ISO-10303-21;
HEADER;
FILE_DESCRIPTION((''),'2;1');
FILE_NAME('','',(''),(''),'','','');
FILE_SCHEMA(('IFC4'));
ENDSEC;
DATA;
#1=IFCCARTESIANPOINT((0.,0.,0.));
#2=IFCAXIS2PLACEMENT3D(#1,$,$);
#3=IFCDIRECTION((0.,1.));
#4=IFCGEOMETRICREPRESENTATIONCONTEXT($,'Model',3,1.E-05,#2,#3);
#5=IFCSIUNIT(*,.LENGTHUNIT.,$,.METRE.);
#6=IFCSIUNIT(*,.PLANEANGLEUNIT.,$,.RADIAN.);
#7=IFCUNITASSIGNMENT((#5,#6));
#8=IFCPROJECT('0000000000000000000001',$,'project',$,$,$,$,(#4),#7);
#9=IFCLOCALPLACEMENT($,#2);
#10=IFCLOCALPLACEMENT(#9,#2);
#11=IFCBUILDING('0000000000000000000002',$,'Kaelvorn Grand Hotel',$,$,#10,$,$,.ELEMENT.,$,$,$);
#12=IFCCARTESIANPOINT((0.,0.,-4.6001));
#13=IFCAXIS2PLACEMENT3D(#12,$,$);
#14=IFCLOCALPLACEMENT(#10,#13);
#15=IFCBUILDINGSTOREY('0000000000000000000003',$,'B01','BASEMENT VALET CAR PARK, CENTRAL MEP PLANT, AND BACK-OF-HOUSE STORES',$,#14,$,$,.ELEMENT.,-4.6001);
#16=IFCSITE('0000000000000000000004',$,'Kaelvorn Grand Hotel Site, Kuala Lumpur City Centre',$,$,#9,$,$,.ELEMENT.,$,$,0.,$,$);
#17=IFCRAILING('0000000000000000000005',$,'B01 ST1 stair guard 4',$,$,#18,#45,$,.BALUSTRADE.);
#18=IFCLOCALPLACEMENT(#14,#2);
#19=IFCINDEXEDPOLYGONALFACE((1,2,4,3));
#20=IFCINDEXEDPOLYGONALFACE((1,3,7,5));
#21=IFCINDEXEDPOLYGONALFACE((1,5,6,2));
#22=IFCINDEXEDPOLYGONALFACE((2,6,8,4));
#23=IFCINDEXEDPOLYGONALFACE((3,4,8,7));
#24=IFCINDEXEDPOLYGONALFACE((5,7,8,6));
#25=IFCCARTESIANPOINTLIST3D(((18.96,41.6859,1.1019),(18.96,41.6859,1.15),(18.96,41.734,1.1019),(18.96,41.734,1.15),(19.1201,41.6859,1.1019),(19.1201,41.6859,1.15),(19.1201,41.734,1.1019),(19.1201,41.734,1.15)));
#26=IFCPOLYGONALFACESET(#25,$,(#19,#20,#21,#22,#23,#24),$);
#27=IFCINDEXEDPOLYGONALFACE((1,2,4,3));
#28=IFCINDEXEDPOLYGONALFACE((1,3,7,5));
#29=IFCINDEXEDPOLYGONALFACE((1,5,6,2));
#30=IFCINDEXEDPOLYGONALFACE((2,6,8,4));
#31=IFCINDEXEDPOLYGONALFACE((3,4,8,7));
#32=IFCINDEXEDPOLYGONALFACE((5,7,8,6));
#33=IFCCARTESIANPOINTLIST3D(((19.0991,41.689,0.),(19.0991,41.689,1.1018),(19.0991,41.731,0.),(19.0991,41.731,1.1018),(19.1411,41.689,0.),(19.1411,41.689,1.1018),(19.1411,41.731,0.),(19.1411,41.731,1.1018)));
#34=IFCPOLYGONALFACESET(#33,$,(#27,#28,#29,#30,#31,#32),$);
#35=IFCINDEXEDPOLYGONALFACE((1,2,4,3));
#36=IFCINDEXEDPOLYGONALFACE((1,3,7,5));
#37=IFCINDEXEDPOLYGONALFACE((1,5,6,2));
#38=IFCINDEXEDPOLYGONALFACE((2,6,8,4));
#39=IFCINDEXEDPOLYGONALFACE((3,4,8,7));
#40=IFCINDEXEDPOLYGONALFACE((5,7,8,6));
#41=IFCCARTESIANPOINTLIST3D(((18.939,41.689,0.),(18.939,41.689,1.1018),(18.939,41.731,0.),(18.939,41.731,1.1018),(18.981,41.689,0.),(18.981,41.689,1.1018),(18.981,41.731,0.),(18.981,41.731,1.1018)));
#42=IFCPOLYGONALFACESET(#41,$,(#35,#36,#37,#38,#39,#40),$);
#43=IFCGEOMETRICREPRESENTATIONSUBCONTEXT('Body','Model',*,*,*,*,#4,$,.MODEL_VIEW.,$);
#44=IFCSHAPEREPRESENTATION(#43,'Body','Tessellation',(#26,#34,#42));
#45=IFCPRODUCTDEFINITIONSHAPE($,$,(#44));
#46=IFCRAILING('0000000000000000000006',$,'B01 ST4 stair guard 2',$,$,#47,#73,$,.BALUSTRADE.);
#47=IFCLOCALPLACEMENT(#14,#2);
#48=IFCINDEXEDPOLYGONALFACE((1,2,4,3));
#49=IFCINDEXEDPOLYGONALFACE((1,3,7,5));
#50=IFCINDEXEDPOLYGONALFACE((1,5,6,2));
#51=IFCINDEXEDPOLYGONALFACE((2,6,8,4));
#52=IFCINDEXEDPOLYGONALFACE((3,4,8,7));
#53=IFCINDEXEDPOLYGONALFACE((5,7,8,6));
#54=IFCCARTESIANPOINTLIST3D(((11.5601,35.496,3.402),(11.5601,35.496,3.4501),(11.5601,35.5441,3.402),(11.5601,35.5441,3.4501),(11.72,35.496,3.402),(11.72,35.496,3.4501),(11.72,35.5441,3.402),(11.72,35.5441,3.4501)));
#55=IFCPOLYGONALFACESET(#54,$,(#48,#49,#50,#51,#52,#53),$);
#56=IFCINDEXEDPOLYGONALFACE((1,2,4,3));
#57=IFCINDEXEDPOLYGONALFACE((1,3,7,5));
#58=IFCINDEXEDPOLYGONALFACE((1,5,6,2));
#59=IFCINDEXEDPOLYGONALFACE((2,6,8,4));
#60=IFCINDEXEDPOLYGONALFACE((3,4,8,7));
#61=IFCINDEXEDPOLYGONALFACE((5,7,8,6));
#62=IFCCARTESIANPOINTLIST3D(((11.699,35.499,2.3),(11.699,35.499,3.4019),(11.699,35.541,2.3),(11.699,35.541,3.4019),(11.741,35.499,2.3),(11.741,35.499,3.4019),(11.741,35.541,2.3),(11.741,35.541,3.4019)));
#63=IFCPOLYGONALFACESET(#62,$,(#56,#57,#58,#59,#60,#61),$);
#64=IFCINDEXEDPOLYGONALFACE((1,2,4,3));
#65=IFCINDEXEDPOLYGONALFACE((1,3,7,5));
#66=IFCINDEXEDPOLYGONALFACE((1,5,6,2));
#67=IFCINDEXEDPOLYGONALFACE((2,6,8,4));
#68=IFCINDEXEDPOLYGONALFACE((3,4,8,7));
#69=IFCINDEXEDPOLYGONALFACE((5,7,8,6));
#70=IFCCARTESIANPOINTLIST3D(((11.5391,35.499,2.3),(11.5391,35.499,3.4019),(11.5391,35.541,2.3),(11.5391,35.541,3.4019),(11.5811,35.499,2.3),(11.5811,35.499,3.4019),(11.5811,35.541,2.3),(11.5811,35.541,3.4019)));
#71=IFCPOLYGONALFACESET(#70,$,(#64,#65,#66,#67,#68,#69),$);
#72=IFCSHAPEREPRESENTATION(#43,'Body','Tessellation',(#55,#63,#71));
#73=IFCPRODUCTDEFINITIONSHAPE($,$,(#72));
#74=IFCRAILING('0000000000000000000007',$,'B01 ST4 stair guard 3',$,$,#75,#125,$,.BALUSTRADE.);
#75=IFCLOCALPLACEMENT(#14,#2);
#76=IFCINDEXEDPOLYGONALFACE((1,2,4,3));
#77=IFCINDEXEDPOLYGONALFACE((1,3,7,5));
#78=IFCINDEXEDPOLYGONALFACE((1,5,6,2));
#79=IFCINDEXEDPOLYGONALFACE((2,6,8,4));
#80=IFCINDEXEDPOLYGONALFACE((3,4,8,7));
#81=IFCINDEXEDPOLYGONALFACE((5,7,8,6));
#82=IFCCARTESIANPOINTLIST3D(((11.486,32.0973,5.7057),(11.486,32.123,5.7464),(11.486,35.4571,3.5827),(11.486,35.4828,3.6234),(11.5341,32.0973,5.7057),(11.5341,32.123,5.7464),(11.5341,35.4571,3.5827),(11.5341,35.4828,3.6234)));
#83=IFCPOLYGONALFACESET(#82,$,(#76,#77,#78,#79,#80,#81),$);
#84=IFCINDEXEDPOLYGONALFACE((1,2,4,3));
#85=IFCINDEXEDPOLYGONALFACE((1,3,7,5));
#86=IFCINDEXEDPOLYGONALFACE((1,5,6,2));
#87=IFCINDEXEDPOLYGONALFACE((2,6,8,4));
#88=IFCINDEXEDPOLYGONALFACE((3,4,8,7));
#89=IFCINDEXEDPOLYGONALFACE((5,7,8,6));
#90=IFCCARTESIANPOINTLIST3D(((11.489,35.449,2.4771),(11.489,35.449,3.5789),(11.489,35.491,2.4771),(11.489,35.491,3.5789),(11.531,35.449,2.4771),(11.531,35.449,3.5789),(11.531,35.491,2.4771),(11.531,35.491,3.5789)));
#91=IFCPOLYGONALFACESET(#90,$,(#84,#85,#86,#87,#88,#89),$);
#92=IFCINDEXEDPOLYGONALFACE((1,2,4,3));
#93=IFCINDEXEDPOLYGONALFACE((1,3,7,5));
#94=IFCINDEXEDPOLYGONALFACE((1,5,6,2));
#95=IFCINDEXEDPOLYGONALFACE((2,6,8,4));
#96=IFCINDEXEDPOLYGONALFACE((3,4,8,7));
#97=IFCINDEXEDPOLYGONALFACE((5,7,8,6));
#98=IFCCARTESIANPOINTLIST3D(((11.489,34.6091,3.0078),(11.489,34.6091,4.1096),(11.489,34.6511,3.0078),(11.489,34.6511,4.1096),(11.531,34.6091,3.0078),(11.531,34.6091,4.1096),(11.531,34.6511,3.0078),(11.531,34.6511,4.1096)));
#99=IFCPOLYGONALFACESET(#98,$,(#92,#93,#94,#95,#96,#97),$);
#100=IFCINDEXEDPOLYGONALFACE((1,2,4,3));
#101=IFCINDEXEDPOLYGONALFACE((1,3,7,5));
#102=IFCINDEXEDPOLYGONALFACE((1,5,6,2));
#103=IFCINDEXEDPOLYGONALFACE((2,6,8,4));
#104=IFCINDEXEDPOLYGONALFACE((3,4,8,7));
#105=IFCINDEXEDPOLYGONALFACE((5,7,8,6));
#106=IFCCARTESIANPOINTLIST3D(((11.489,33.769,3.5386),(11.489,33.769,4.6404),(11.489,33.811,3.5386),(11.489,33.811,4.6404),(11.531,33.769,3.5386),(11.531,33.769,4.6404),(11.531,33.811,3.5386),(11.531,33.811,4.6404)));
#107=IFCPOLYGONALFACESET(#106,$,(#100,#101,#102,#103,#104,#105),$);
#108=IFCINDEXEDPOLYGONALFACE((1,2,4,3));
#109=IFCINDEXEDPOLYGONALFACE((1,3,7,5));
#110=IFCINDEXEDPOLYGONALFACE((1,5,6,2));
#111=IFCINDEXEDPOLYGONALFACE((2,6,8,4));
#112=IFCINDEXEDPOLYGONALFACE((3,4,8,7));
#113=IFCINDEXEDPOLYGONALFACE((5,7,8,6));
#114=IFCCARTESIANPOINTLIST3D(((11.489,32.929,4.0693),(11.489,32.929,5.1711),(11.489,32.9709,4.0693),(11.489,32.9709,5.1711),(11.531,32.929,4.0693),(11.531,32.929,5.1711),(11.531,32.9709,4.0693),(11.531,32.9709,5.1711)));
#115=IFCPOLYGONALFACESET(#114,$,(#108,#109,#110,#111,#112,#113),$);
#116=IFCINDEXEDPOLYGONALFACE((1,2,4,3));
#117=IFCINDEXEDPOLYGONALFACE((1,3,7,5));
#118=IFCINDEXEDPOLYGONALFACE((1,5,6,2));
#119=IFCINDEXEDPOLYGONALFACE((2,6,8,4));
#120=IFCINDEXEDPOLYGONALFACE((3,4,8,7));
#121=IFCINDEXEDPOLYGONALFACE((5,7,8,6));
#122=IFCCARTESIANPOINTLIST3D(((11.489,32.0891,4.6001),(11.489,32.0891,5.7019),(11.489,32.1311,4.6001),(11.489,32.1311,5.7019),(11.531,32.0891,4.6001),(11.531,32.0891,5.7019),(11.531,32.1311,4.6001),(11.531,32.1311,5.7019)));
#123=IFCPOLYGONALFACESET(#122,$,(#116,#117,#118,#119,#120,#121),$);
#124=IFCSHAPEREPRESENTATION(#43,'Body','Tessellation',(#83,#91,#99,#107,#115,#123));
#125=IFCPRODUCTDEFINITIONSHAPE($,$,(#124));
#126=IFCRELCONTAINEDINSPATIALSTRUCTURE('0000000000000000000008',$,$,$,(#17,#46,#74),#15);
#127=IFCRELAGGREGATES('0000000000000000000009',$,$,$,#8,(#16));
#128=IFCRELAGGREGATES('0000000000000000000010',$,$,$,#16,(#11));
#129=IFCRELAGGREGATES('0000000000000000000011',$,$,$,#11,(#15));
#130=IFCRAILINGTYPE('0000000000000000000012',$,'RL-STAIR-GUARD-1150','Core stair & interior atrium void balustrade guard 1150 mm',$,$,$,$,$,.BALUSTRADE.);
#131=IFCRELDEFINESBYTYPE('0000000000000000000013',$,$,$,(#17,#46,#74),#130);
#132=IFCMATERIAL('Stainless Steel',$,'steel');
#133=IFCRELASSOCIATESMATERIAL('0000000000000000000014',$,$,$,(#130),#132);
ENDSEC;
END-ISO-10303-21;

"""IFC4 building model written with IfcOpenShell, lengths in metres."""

from ifc_helpers import new_model, si_unit, direction, frame, origin, origin_2d, place, context, subcontext, project, spatial, rectangle, extrude, material, type_object, element, save


model = new_model("IFC4")

# Units and contexts
model_context = context("Model", 3, precision=1e-05, world=origin(), true_north=direction((0.0, 1.0)))
body_context = subcontext(model_context, "Body", "Model", "MODEL_VIEW")
ifc_project = project(units=[si_unit("LENGTHUNIT", "METRE"), si_unit("PLANEANGLEUNIT", "RADIAN")], contexts=[model_context])

# Site, building, storey
site_placement = place(None, origin())
site = spatial("IfcSite", under=ifc_project, at=site_placement, Name="Kaelvorn Grand Hotel Site, Kuala Lumpur City Centre", CompositionType="ELEMENT", RefElevation=0.0)
building_placement = place(site_placement, origin())
building = spatial("IfcBuilding", under=site, at=building_placement, Name="Kaelvorn Grand Hotel", CompositionType="ELEMENT")
storey_placement = place(building_placement, frame((0.0, 0.0, -4.6001)))
storey = spatial("IfcBuildingStorey", under=building, at=storey_placement, Name="B01", Description="BASEMENT VALET CAR PARK, CENTRAL MEP PLANT, AND BACK-OF-HOUSE STORES", CompositionType="ELEMENT", Elevation=-4.6001)

# Railings
ifc_material_1 = material(Name="Stainless Steel", Category="steel")
railing_type_1 = type_object("IfcRailingType", Name="RL-STAIR-GUARD-1150", Description="Core stair & interior atrium void balustrade guard 1150 mm", PredefinedType="BALUSTRADE", material=ifc_material_1)
railing_1_placement = place(storey_placement, frame((19.1201, 41.71, 0.0)))
element("IfcRailing", 1, at=railing_1_placement, inside=storey, type_object=railing_type_1, Name="B01 ST1 stair guard 4", PredefinedType="BALUSTRADE", context=body_context, shape_type="SweptSolid", body=[
    extrude(rectangle(XDim=0.0481, YDim=0.0481, at=origin_2d()), frame((0.0, 0.0, 1.126), z_axis=(-1.0, 0.0, 0.0), x_axis=(0.0, -1.0, 0.0)), (0.0, 0.0, 1.0), 0.1602),
    extrude(rectangle(XDim=0.042, YDim=0.042, at=origin_2d()), origin(), (0.0, 0.0, 1.0), 1.1018),
    extrude(rectangle(XDim=0.042, YDim=0.042, at=origin_2d()), frame((-0.1602, 0.0, 0.0)), (0.0, 0.0, 1.0), 1.1018),
])
railing_2_placement = place(storey_placement, frame((11.72, 35.52, 2.3)))
element("IfcRailing", 2, at=railing_2_placement, inside=storey, type_object=railing_type_1, Name="B01 ST4 stair guard 2", PredefinedType="BALUSTRADE", context=body_context, shape_type="SweptSolid", body=[
    extrude(rectangle(XDim=0.0481, YDim=0.0481, at=origin_2d()), frame((0.0, 0.0, 1.126), z_axis=(-1.0, 0.0, 0.0), x_axis=(0.0, -1.0, 0.0)), (0.0, 0.0, 1.0), 0.1599),
    extrude(rectangle(XDim=0.042, YDim=0.042, at=origin_2d()), origin(), (0.0, 0.0, 1.0), 1.1018),
    extrude(rectangle(XDim=0.042, YDim=0.042, at=origin_2d()), frame((-0.1599, 0.0, 0.0)), (0.0, 0.0, 1.0), 1.1018),
])
railing_3_placement = place(storey_placement, frame((11.51, 35.47, 2.4771)))
element("IfcRailing", 3, at=railing_3_placement, inside=storey, type_object=railing_type_1, Name="B01 ST4 stair guard 3", PredefinedType="BALUSTRADE", context=body_context, shape_type="SweptSolid", body=[
    extrude(rectangle(XDim=0.0481, YDim=0.0481, at=origin_2d()), frame((0.0, 0.0, 1.126), z_axis=(0.0, -0.845372, 0.534178), x_axis=(1.0, 0.0, 0.0)), (0.0, 0.0, 1.0), 3.9744),
    extrude(rectangle(XDim=0.042, YDim=0.042, at=origin_2d()), origin(), (0.0, 0.0, 1.0), 1.1018),
    extrude(rectangle(XDim=0.042, YDim=0.042, at=origin_2d()), frame((0.0, -0.8398, 0.5308)), (0.0, 0.0, 1.0), 1.1018),
    extrude(rectangle(XDim=0.042, YDim=0.042, at=origin_2d()), frame((0.0, -1.6799, 1.0615)), (0.0, 0.0, 1.0), 1.1018),
    extrude(rectangle(XDim=0.042, YDim=0.042, at=origin_2d()), frame((0.0, -2.52, 1.5923)), (0.0, 0.0, 1.0), 1.1018),
    extrude(rectangle(XDim=0.042, YDim=0.042, at=origin_2d()), frame((0.0, -3.3599, 2.123)), (0.0, 0.0, 1.0), 1.1018),
])

save(model, "model.ifc")
